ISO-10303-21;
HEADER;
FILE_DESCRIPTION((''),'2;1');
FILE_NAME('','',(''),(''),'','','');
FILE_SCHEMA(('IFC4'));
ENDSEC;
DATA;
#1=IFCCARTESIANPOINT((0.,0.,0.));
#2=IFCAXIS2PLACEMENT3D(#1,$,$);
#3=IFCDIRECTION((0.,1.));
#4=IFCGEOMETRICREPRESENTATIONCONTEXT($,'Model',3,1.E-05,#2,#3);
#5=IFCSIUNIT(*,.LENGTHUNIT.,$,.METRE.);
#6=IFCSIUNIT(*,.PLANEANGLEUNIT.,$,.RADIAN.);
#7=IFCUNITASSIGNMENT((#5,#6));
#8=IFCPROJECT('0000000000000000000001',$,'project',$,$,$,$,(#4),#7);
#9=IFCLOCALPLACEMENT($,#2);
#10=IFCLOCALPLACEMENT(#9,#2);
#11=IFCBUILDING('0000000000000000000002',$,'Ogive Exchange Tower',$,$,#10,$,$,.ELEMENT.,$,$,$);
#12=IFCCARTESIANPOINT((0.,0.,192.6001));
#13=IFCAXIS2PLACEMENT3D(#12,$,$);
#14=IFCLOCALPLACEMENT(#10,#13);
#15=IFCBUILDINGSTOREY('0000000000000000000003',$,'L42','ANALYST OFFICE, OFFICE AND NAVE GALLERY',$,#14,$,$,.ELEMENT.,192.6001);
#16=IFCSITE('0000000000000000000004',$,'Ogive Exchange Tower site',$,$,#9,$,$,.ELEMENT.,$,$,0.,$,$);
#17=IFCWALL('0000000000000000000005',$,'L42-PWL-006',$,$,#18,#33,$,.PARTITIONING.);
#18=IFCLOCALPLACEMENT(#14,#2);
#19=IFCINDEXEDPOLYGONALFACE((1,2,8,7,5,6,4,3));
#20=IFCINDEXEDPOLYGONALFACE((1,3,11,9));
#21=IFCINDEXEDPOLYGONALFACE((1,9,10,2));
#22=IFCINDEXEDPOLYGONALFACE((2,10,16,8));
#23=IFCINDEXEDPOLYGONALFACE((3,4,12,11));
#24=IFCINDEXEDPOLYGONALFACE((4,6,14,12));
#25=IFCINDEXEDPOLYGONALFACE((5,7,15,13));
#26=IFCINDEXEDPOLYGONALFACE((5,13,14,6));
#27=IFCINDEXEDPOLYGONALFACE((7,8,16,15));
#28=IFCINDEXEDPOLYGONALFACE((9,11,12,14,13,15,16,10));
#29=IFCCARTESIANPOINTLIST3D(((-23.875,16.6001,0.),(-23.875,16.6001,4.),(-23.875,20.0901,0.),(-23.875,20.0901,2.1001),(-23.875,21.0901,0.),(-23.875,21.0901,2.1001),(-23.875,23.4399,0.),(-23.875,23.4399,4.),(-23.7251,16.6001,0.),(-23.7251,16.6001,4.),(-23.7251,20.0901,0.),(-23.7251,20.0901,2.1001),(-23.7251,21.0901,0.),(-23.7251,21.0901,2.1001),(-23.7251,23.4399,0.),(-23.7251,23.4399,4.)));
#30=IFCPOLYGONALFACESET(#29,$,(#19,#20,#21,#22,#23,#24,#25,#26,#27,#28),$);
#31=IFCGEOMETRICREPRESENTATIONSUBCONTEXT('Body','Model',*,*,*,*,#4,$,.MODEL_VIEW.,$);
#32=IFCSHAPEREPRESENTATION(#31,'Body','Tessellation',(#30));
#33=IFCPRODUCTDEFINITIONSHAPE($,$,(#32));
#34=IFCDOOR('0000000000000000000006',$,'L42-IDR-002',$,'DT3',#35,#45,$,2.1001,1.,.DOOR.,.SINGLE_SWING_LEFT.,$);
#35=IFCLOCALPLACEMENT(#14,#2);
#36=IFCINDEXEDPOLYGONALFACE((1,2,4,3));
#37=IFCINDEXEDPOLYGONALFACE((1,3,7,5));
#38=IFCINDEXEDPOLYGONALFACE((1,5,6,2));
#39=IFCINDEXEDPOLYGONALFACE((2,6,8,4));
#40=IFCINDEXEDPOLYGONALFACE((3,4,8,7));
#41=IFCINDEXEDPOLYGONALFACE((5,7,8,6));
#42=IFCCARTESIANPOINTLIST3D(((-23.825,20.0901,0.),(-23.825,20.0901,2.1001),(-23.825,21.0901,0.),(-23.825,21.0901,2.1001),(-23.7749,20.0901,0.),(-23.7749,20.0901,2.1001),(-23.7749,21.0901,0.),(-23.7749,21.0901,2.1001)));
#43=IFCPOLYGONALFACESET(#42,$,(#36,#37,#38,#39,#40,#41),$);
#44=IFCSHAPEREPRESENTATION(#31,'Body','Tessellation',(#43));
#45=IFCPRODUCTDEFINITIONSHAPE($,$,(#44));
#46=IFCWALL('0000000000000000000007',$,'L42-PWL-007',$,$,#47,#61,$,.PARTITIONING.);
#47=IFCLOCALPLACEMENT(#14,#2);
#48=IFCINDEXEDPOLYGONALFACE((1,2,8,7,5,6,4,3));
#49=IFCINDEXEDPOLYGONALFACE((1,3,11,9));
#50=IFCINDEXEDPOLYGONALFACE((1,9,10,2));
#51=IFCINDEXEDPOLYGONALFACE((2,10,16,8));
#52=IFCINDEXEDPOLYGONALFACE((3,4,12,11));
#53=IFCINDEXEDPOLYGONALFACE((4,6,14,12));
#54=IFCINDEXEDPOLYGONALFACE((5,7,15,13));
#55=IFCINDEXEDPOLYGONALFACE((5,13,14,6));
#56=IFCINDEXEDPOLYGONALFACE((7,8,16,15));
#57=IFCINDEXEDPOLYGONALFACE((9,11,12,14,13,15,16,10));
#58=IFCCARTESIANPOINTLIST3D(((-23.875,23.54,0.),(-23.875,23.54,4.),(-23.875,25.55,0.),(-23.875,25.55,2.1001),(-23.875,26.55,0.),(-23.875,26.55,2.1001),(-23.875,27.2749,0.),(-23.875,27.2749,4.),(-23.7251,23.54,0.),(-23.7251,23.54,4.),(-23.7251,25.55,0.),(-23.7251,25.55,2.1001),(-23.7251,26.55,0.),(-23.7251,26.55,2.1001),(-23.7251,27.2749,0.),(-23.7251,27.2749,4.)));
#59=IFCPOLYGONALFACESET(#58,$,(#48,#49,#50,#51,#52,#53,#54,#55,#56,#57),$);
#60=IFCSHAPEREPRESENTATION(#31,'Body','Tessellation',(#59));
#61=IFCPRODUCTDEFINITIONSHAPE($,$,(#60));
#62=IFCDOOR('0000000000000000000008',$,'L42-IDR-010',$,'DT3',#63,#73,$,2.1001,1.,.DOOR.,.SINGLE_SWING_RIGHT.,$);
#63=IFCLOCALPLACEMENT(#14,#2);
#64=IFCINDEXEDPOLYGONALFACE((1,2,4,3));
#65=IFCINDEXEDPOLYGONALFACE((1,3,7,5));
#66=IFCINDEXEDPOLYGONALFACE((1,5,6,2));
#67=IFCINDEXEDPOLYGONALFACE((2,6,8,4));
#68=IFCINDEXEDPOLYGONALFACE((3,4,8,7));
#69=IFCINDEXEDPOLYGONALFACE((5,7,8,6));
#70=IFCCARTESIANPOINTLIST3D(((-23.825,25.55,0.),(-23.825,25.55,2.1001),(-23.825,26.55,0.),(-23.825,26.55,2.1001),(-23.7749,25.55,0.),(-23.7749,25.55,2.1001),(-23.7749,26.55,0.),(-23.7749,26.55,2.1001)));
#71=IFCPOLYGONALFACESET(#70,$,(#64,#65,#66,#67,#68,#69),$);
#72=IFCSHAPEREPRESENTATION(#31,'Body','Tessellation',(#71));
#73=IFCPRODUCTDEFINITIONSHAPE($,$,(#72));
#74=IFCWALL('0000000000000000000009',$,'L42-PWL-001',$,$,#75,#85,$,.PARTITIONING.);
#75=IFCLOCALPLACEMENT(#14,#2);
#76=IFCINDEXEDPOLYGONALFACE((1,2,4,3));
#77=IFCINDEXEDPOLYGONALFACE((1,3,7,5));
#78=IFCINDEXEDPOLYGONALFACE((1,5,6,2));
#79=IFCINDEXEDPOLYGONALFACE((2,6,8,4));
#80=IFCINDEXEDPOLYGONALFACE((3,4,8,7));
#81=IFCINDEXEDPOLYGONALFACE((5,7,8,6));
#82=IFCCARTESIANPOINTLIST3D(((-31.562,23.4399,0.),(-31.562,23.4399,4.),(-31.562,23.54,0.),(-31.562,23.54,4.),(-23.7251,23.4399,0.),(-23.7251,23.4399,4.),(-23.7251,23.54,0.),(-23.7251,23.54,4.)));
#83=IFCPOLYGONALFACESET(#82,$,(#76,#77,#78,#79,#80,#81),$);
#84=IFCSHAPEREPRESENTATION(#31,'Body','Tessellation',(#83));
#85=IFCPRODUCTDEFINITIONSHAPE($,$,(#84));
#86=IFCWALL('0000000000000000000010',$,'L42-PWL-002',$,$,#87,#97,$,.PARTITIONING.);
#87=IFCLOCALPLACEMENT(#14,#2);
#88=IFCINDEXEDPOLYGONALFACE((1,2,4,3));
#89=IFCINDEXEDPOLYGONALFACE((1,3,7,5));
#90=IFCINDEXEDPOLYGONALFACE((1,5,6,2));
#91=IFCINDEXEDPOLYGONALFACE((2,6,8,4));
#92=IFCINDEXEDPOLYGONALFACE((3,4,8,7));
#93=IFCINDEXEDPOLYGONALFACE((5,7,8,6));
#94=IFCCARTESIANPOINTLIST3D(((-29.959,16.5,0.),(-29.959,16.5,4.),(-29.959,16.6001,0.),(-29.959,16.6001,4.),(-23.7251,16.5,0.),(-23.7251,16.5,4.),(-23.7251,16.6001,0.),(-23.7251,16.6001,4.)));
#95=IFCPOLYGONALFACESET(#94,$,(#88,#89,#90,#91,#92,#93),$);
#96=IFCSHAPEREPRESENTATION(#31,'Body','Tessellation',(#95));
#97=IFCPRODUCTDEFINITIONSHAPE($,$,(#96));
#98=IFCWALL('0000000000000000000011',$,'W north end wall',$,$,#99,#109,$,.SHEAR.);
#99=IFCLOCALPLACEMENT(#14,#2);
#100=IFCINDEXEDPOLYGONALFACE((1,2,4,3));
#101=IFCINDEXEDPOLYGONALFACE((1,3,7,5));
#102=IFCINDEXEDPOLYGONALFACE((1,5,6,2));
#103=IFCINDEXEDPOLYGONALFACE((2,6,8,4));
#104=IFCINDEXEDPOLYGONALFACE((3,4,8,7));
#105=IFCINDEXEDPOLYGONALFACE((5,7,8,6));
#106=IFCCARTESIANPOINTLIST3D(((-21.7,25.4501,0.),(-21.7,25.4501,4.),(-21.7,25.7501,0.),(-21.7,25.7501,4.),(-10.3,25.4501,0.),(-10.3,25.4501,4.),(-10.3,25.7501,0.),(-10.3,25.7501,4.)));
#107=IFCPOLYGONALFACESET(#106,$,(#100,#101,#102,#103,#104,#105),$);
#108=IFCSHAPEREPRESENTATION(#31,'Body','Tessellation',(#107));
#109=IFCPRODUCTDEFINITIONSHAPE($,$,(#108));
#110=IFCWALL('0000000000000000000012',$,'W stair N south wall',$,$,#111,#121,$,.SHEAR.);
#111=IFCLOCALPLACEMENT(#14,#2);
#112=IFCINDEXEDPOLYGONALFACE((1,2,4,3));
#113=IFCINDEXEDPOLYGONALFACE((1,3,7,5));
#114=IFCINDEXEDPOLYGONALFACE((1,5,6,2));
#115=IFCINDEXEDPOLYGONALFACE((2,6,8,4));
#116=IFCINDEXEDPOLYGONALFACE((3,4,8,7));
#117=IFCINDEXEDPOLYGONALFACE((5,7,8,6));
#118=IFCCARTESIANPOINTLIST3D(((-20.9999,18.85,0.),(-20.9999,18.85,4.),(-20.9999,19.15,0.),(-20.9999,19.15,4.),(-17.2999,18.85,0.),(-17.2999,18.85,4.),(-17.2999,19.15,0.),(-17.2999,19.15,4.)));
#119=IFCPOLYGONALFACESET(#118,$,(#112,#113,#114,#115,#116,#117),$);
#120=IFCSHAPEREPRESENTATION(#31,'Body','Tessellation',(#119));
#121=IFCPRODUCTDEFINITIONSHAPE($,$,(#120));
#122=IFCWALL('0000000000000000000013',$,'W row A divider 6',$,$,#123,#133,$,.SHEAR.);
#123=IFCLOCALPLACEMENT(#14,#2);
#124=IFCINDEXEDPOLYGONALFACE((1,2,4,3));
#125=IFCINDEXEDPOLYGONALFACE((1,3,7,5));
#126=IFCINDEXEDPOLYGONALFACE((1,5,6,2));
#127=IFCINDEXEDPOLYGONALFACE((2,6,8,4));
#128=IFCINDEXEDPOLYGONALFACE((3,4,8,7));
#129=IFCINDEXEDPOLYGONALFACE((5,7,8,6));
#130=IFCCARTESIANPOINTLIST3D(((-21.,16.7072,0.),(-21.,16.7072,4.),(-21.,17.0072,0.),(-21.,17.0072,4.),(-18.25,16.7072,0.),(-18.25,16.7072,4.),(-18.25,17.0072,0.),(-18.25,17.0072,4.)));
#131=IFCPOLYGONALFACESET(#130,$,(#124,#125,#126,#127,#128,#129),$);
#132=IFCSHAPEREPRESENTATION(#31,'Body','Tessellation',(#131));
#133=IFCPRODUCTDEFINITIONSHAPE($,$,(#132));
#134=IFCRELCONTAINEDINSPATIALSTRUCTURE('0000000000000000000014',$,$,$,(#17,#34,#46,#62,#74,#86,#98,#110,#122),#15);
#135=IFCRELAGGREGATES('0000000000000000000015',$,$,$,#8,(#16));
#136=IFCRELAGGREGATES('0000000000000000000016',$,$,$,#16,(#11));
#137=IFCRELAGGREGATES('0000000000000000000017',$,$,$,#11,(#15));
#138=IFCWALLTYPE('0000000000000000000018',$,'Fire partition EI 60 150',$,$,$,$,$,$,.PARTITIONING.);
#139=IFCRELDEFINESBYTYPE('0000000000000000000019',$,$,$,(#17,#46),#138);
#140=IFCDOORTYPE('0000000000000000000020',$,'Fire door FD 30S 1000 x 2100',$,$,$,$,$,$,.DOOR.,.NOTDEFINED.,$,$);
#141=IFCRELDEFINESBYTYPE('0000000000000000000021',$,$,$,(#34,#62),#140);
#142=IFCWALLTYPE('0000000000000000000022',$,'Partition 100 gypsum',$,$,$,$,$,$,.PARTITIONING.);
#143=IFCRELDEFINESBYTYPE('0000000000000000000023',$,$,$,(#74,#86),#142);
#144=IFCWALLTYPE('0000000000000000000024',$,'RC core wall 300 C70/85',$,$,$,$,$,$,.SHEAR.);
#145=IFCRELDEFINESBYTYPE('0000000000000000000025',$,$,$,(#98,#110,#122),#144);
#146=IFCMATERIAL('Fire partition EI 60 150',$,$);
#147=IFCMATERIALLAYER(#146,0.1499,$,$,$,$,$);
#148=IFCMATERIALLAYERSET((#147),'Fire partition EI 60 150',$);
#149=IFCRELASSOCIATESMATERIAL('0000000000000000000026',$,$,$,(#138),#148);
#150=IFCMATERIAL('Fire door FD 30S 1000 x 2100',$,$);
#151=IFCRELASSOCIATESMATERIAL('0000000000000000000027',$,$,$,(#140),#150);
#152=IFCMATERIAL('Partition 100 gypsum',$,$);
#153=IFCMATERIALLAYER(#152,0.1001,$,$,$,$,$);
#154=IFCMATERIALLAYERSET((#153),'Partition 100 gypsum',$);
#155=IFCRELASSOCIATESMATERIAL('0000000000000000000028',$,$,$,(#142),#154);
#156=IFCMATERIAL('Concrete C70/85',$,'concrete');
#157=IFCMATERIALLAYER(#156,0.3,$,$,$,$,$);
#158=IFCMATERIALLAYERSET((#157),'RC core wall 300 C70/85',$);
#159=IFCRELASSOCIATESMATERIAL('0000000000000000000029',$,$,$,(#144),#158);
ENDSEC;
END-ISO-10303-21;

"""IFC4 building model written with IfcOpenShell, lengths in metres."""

from ifc_helpers import new_model, si_unit, direction, frame, frame_2d, origin, place, context, subcontext, project, spatial, rectangle, extrude, material, layer, layer_set, type_object, element, fill, save


model = new_model("IFC4")

# Units and contexts
model_context = context("Model", 3, precision=1e-05, world=origin(), true_north=direction((0.0, 1.0)))
body_context = subcontext(model_context, "Body", "Model", "MODEL_VIEW")
ifc_project = project(units=[si_unit("LENGTHUNIT", "METRE"), si_unit("PLANEANGLEUNIT", "RADIAN")], contexts=[model_context])

# Site, building, storey
site_placement = place(None, origin())
site = spatial("IfcSite", under=ifc_project, at=site_placement, Name="Ogive Exchange Tower site", CompositionType="ELEMENT", RefElevation=0.0)
building_placement = place(site_placement, origin())
building = spatial("IfcBuilding", under=site, at=building_placement, Name="Ogive Exchange Tower", CompositionType="ELEMENT")
storey_placement = place(building_placement, frame((0.0, 0.0, 192.6001)))
storey = spatial("IfcBuildingStorey", under=building, at=storey_placement, Name="L42", Description="ANALYST OFFICE, OFFICE AND NAVE GALLERY", CompositionType="ELEMENT", Elevation=192.6001)

# Walls, openings, doors
ifc_material_1 = material(Name="Fire partition EI 60 150")
ifc_layer_1 = layer(ifc_material_1, 0.1499)
ifc_layer_set_1 = layer_set([ifc_layer_1], Name="Fire partition EI 60 150")
wall_type_1 = type_object("IfcWallType", Name="Fire partition EI 60 150", PredefinedType="PARTITIONING", material=ifc_layer_set_1)
wall_1_placement = place(storey_placement, frame((-23.8, 16.6001, 0.0), z_axis=(0.0, 0.0, 1.0), x_axis=(0.0, 1.0, 0.0)))
wall_1 = element("IfcWall", 1, at=wall_1_placement, inside=storey, type_object=wall_type_1, Name="L42-PWL-006", PredefinedType="PARTITIONING", context=body_context, shape_type="SweptSolid", body=[
    extrude(rectangle(XDim=6.8398, YDim=0.1499, at=frame_2d((3.4199, 0.0))), origin(), (0.0, 0.0, 1.0), 4.0),
])
opening_1_placement = place(wall_1_placement, frame((3.49, 0.0, 0.0)))
opening_1 = element("IfcOpeningElement", 2, at=opening_1_placement, cuts=wall_1, PredefinedType="OPENING", context=body_context, shape_type="SweptSolid", body=[
    extrude(rectangle(XDim=1.0, YDim=2.1001, at=frame_2d((0.5, 1.05))), frame((0.0, 0.085, 0.0), z_axis=(0.0, -1.0, 0.0), x_axis=(1.0, 0.0, 0.0)), (0.0, 0.0, 1.0), 0.1699),
])
ifc_material_2 = material(Name="Fire door FD 30S 1000 x 2100")
door_type = type_object("IfcDoorType", Name="Fire door FD 30S 1000 x 2100", OperationType="NOTDEFINED", PredefinedType="DOOR", material=ifc_material_2)
door_1_placement = place(opening_1_placement, origin())
door_1 = element("IfcDoor", 3, at=door_1_placement, inside=storey, type_object=door_type, Name="L42-IDR-002", ObjectType="DT3", OperationType="SINGLE_SWING_LEFT", OverallHeight=2.1001, OverallWidth=1.0, PredefinedType="DOOR", context=body_context, shape_type="SweptSolid", body=[
    extrude(rectangle(XDim=1.0, YDim=2.1001, at=frame_2d((0.5, 1.05))), frame((0.0, 0.0249, 0.0), z_axis=(0.0, -1.0, 0.0), x_axis=(1.0, 0.0, 0.0)), (0.0, 0.0, 1.0), 0.05),
])
fill(opening_1, door_1)
wall_2_placement = place(storey_placement, frame((-23.8, 23.54, 0.0), z_axis=(0.0, 0.0, 1.0), x_axis=(0.0, 1.0, 0.0)))
wall_2 = element("IfcWall", 4, at=wall_2_placement, inside=storey, type_object=wall_type_1, Name="L42-PWL-007", PredefinedType="PARTITIONING", context=body_context, shape_type="SweptSolid", body=[
    extrude(rectangle(XDim=3.7349, YDim=0.1499, at=frame_2d((1.8674, 0.0))), origin(), (0.0, 0.0, 1.0), 4.0),
])
opening_2_placement = place(wall_2_placement, frame((2.01, 0.0, 0.0)))
opening_2 = element("IfcOpeningElement", 5, at=opening_2_placement, cuts=wall_2, PredefinedType="OPENING", context=body_context, shape_type="SweptSolid", body=[
    extrude(rectangle(XDim=1.0, YDim=2.1001, at=frame_2d((0.5, 1.05))), frame((0.0, 0.085, 0.0), z_axis=(0.0, -1.0, 0.0), x_axis=(1.0, 0.0, 0.0)), (0.0, 0.0, 1.0), 0.1699),
])
door_2_placement = place(opening_2_placement, origin())
door_2 = element("IfcDoor", 6, at=door_2_placement, inside=storey, type_object=door_type, Name="L42-IDR-010", ObjectType="DT3", OperationType="SINGLE_SWING_RIGHT", OverallHeight=2.1001, OverallWidth=1.0, PredefinedType="DOOR", context=body_context, shape_type="SweptSolid", body=[
    extrude(rectangle(XDim=1.0, YDim=2.1001, at=frame_2d((0.5, 1.05))), frame((0.0, 0.0249, 0.0), z_axis=(0.0, -1.0, 0.0), x_axis=(1.0, 0.0, 0.0)), (0.0, 0.0, 1.0), 0.05),
])
fill(opening_2, door_2)

# Walls
ifc_material_3 = material(Name="Partition 100 gypsum")
ifc_layer_2 = layer(ifc_material_3, 0.1001)
ifc_layer_set_2 = layer_set([ifc_layer_2], Name="Partition 100 gypsum")
wall_type_2 = type_object("IfcWallType", Name="Partition 100 gypsum", PredefinedType="PARTITIONING", material=ifc_layer_set_2)
wall_3_placement = place(storey_placement, frame((-31.562, 23.49, 0.0), z_axis=(0.0, 0.0, 1.0), x_axis=(1.0, 0.0, 0.0)))
element("IfcWall", 7, at=wall_3_placement, inside=storey, type_object=wall_type_2, Name="L42-PWL-001", PredefinedType="PARTITIONING", context=body_context, shape_type="SweptSolid", body=[
    extrude(rectangle(XDim=7.8369, YDim=0.1001, at=frame_2d((3.9185, 0.0))), origin(), (0.0, 0.0, 1.0), 4.0),
])
wall_4_placement = place(storey_placement, frame((-29.959, 16.55, 0.0), z_axis=(0.0, 0.0, 1.0), x_axis=(1.0, 0.0, 0.0)))
element("IfcWall", 8, at=wall_4_placement, inside=storey, type_object=wall_type_2, Name="L42-PWL-002", PredefinedType="PARTITIONING", context=body_context, shape_type="SweptSolid", body=[
    extrude(rectangle(XDim=6.2339, YDim=0.1001, at=frame_2d((3.1169, 0.0))), origin(), (0.0, 0.0, 1.0), 4.0),
])
ifc_material_4 = material(Name="Concrete C70/85", Category="concrete")
ifc_layer_3 = layer(ifc_material_4, 0.3)
ifc_layer_set_3 = layer_set([ifc_layer_3], Name="RC core wall 300 C70/85")
wall_type_3 = type_object("IfcWallType", Name="RC core wall 300 C70/85", PredefinedType="SHEAR", material=ifc_layer_set_3)
wall_5_placement = place(storey_placement, frame((-21.7, 25.6001, 0.0), z_axis=(0.0, 0.0, 1.0), x_axis=(1.0, 0.0, 0.0)))
element("IfcWall", 9, at=wall_5_placement, inside=storey, type_object=wall_type_3, Name="W north end wall", PredefinedType="SHEAR", context=body_context, shape_type="SweptSolid", body=[
    extrude(rectangle(XDim=11.3999, YDim=0.3, at=frame_2d((5.7, 0.0))), origin(), (0.0, 0.0, 1.0), 4.0),
])
wall_6_placement = place(storey_placement, frame((-21.0, 19.0, 0.0), z_axis=(0.0, 0.0, 1.0), x_axis=(1.0, 0.0, 0.0)))
element("IfcWall", 10, at=wall_6_placement, inside=storey, type_object=wall_type_3, Name="W stair N south wall", PredefinedType="SHEAR", context=body_context, shape_type="SweptSolid", body=[
    extrude(rectangle(XDim=3.7, YDim=0.3, at=frame_2d((1.8501, 0.0))), origin(), (0.0, 0.0, 1.0), 4.0),
])
wall_7_placement = place(storey_placement, frame((-21.0, 16.8572, 0.0), z_axis=(0.0, 0.0, 1.0), x_axis=(1.0, 0.0, 0.0)))
element("IfcWall", 11, at=wall_7_placement, inside=storey, type_object=wall_type_3, Name="W row A divider 6", PredefinedType="SHEAR", context=body_context, shape_type="SweptSolid", body=[
    extrude(rectangle(XDim=2.75, YDim=0.3, at=frame_2d((1.375, 0.0))), origin(), (0.0, 0.0, 1.0), 4.0),
])

save(model, "model.ifc")
